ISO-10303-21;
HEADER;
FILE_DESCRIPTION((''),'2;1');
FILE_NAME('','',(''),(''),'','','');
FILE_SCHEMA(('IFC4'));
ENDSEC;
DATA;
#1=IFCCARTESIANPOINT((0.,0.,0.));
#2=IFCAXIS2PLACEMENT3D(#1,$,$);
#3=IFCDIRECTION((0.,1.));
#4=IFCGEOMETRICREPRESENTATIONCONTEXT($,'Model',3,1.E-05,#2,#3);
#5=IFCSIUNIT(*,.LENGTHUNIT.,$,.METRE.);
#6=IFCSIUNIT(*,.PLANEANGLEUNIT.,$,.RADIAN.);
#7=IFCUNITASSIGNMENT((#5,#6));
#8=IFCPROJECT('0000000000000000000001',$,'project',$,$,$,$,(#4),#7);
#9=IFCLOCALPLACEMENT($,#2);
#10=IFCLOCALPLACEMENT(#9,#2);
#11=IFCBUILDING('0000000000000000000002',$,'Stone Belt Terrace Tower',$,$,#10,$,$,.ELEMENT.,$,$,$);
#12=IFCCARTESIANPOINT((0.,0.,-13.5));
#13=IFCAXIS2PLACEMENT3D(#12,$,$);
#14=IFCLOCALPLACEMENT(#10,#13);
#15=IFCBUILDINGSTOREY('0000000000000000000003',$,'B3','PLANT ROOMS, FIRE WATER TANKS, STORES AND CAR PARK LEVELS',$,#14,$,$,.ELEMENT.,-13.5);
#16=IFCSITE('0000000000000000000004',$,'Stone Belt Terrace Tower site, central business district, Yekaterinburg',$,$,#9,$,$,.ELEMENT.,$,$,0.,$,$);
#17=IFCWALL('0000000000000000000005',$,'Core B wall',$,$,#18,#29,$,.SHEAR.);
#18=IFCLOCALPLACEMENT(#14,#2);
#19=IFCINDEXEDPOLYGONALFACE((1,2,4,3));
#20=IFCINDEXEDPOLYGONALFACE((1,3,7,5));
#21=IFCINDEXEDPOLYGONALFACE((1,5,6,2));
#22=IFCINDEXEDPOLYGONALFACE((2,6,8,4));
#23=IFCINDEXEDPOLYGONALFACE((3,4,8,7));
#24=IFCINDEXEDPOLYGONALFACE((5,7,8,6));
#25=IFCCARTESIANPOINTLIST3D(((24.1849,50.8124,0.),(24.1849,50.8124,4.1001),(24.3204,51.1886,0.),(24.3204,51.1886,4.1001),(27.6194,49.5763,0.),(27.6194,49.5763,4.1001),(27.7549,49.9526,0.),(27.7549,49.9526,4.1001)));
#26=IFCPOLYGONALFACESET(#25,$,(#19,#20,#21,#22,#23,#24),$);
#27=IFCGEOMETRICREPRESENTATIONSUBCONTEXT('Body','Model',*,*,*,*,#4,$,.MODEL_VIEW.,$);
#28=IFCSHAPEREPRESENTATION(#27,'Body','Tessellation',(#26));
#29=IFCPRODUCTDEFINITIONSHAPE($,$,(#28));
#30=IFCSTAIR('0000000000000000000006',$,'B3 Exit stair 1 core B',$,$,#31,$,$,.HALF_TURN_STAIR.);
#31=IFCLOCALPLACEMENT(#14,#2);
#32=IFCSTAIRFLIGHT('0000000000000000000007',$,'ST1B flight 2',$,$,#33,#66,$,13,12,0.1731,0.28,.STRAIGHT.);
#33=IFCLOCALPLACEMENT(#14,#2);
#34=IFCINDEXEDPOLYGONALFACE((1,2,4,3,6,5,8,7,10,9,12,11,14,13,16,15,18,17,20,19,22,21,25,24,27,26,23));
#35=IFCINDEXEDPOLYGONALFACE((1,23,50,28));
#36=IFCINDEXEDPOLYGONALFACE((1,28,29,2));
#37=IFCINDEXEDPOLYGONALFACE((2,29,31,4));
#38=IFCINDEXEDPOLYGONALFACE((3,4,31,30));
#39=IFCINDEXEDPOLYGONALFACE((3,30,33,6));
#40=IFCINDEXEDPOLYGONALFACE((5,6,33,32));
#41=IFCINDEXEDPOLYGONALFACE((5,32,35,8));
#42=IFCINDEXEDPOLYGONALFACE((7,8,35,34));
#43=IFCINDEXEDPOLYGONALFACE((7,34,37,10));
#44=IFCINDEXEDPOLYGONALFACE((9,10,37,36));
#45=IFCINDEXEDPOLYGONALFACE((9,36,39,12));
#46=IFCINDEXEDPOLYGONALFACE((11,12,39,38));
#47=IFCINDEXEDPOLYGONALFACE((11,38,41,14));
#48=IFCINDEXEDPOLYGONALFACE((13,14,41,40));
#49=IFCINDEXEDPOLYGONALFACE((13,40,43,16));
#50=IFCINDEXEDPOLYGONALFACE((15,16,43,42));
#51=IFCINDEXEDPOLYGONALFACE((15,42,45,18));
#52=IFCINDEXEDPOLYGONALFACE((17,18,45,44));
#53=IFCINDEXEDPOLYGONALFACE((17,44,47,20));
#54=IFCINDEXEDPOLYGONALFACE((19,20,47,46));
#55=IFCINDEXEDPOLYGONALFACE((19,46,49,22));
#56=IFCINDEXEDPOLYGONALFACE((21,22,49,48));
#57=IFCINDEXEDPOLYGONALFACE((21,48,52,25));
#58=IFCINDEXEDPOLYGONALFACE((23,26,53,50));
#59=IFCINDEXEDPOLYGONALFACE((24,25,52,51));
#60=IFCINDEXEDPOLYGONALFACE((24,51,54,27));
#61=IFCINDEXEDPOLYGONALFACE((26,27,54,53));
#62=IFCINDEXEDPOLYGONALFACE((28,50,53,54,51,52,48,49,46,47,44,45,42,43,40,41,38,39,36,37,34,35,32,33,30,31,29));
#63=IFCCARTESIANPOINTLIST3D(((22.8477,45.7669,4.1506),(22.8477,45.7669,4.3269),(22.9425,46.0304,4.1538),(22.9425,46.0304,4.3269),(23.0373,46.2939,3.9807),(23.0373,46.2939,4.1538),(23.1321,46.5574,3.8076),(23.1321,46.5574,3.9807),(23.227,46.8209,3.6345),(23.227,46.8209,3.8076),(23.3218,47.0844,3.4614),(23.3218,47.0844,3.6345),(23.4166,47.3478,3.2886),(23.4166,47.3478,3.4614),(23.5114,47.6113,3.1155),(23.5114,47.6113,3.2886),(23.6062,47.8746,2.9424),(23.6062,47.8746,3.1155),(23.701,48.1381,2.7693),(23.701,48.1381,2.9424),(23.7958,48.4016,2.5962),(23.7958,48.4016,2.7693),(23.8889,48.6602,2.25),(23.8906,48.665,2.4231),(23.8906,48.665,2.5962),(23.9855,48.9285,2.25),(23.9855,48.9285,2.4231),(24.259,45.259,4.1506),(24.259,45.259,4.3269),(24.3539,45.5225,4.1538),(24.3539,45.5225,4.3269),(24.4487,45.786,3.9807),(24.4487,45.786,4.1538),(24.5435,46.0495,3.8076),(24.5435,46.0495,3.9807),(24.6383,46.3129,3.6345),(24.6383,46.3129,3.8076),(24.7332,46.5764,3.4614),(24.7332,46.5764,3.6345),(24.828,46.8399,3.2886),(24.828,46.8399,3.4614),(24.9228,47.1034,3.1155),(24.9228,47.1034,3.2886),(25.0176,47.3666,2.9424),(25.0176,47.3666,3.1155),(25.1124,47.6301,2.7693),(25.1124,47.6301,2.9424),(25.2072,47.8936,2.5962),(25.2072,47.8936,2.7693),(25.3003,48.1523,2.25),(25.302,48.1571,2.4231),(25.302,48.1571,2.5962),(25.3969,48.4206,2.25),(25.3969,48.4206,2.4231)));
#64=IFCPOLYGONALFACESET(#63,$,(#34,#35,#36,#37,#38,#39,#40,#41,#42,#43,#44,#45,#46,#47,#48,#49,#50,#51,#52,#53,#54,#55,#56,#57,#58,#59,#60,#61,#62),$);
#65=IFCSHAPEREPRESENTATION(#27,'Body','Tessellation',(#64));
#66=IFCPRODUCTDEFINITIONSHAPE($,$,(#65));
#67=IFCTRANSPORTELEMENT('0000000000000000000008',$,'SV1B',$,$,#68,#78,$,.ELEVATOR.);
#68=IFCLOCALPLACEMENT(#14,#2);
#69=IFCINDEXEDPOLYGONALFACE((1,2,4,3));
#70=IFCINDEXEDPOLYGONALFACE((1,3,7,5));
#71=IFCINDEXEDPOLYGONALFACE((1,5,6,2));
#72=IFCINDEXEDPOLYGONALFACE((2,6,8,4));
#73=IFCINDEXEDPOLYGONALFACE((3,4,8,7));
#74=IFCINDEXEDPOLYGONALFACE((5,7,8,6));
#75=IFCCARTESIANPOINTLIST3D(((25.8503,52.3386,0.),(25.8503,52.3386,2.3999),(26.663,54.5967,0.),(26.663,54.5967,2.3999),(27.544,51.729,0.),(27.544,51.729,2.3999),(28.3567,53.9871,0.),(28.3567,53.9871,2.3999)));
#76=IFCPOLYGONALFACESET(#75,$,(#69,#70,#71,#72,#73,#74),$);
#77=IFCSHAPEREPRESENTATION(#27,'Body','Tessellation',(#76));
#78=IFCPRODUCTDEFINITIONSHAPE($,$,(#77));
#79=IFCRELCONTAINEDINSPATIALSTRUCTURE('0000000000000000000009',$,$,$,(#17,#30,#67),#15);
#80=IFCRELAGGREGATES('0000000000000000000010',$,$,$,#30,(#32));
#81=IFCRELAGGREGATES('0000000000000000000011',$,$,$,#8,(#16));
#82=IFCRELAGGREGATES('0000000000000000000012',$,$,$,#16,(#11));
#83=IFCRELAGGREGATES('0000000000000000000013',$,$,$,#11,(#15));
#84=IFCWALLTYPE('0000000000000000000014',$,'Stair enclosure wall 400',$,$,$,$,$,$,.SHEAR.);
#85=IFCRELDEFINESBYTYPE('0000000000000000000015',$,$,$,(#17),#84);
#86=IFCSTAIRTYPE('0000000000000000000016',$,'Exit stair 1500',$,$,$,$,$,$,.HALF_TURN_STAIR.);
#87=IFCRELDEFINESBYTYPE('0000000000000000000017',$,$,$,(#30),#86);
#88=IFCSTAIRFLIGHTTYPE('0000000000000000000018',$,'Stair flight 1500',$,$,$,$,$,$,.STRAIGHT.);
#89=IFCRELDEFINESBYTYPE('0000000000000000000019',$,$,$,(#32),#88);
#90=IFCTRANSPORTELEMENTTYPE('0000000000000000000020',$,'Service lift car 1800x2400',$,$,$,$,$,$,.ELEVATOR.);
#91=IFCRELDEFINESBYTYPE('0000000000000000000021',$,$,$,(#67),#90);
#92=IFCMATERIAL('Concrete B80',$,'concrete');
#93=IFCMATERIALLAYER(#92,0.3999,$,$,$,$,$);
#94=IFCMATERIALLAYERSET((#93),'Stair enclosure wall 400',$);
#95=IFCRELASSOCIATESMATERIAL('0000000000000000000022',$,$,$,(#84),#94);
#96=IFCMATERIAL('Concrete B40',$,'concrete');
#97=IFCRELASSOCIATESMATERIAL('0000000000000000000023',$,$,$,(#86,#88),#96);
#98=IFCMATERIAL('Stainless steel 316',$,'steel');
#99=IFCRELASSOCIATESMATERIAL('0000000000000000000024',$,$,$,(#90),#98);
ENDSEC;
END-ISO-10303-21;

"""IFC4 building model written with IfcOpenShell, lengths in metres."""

from ifc_helpers import new_model, si_unit, direction, frame, frame_2d, origin, origin_2d, place, context, subcontext, project, spatial, polyline, rectangle, outline, extrude, material, layer, layer_set, type_object, element, aggregate, save


model = new_model("IFC4")

# Units and contexts
model_context = context("Model", 3, precision=1e-05, world=origin(), true_north=direction((0.0, 1.0)))
body_context = subcontext(model_context, "Body", "Model", "MODEL_VIEW")
ifc_project = project(units=[si_unit("LENGTHUNIT", "METRE"), si_unit("PLANEANGLEUNIT", "RADIAN")], contexts=[model_context])

# Site, building, storey
site_placement = place(None, origin())
site = spatial("IfcSite", under=ifc_project, at=site_placement, Name="Stone Belt Terrace Tower site, central business district, Yekaterinburg", CompositionType="ELEMENT", RefElevation=0.0)
building_placement = place(site_placement, origin())
building = spatial("IfcBuilding", under=site, at=building_placement, Name="Stone Belt Terrace Tower", CompositionType="ELEMENT")
storey_placement = place(building_placement, frame((0.0, 0.0, -13.5)))
storey = spatial("IfcBuildingStorey", under=building, at=storey_placement, Name="B3", Description="PLANT ROOMS, FIRE WATER TANKS, STORES AND CAR PARK LEVELS", CompositionType="ELEMENT", Elevation=-13.5)

# Shared definitions
ifc_material_1 = material(Name="Concrete B40", Category="concrete")

# Shared definitions
ifc_material_2 = material(Name="Concrete B80", Category="concrete")

# Wall
ifc_layer_1 = layer(ifc_material_2, 0.3999)
ifc_layer_set_1 = layer_set([ifc_layer_1], Name="Stair enclosure wall 400")
wall_type_1 = type_object("IfcWallType", Name="Stair enclosure wall 400", PredefinedType="SHEAR", material=ifc_layer_set_1)
wall_1_placement = place(storey_placement, frame((27.6873, 49.7644, 0.0), z_axis=(0.0, 0.0, 1.0), x_axis=(-0.940919, 0.338632, 0.0)))
element("IfcWall", 1, at=wall_1_placement, inside=storey, type_object=wall_type_1, Name="Core B wall", PredefinedType="SHEAR", context=body_context, shape_type="SweptSolid", body=[
    extrude(rectangle(XDim=3.6501, YDim=0.3999, at=frame_2d((1.8252, 0.0))), origin(), (0.0, 0.0, 1.0), 4.1001),
])

# Stair, stair flight
stair_type = type_object("IfcStairType", Name="Exit stair 1500", PredefinedType="HALF_TURN_STAIR", material=ifc_material_1)
stair_placement = place(storey_placement, origin())
stair = element("IfcStair", 2, at=stair_placement, inside=storey, type_object=stair_type, Name="B3 Exit stair 1 core B", PredefinedType="HALF_TURN_STAIR")
stair_flight_type = type_object("IfcStairFlightType", Name="Stair flight 1500", PredefinedType="STRAIGHT", material=ifc_material_1)
stair_flight_placement = place(storey_placement, frame((24.6912, 48.6746, 2.25), z_axis=(0.0, 0.0, 1.0), x_axis=(-0.338624, -0.940922, 0.0)))
stair_flight = element("IfcStairFlight", 3, at=stair_flight_placement, type_object=stair_flight_type, Name="ST1B flight 2", NumberOfRisers=13, NumberOfTreads=12, PredefinedType="STRAIGHT", RiserHeight=0.1731, TreadLength=0.28, context=body_context, shape_type="SweptSolid", body=[
    extrude(outline(polyline([(0.0, 0.0), (0.0, 0.1731), (0.28, 0.1731), (0.28, 0.3462), (0.5601, 0.3462), (0.5601, 0.5193), (0.8401, 0.5193), (0.8401, 0.6924), (1.1201, 0.6924), (1.1201, 0.8655), (1.3999, 0.8655), (1.3999, 1.0386), (1.6799, 1.0386), (1.6799, 1.2114), (1.96, 1.2114), (1.96, 1.3845), (2.24, 1.3845), (2.24, 1.5576), (2.52, 1.5576), (2.52, 1.7307), (2.8, 1.7307), (2.8, 1.9038), (3.0801, 1.9038), (3.0801, 2.0769), (3.3601, 2.0769), (3.3601, 2.25), (3.3601, 1.9006), (0.2852, 0.0), (0.0, 0.0)])), frame((0.0, 0.75, 0.0), z_axis=(0.0, -1.0, 0.0), x_axis=(1.0, 0.0, 0.0)), (0.0, 0.0, 1.0), 1.5),
])
aggregate(stair, [stair_flight])

# Transport element
ifc_material_3 = material(Name="Stainless steel 316", Category="steel")
transport_element_type = type_object("IfcTransportElementType", Name="Service lift car 1800x2400", PredefinedType="ELEVATOR", material=ifc_material_3)
transport_element_placement = place(storey_placement, frame((27.1035, 53.1628, 0.0), z_axis=(0.0, 0.0, 1.0), x_axis=(-0.940922, 0.338625, 0.0)))
element("IfcTransportElement", 4, at=transport_element_placement, inside=storey, type_object=transport_element_type, Name="SV1B", PredefinedType="ELEVATOR", context=body_context, shape_type="SweptSolid", body=[
    extrude(rectangle(XDim=1.8, YDim=2.3999, at=origin_2d()), origin(), (0.0, 0.0, 1.0), 2.3999),
])

save(model, "model.ifc")
